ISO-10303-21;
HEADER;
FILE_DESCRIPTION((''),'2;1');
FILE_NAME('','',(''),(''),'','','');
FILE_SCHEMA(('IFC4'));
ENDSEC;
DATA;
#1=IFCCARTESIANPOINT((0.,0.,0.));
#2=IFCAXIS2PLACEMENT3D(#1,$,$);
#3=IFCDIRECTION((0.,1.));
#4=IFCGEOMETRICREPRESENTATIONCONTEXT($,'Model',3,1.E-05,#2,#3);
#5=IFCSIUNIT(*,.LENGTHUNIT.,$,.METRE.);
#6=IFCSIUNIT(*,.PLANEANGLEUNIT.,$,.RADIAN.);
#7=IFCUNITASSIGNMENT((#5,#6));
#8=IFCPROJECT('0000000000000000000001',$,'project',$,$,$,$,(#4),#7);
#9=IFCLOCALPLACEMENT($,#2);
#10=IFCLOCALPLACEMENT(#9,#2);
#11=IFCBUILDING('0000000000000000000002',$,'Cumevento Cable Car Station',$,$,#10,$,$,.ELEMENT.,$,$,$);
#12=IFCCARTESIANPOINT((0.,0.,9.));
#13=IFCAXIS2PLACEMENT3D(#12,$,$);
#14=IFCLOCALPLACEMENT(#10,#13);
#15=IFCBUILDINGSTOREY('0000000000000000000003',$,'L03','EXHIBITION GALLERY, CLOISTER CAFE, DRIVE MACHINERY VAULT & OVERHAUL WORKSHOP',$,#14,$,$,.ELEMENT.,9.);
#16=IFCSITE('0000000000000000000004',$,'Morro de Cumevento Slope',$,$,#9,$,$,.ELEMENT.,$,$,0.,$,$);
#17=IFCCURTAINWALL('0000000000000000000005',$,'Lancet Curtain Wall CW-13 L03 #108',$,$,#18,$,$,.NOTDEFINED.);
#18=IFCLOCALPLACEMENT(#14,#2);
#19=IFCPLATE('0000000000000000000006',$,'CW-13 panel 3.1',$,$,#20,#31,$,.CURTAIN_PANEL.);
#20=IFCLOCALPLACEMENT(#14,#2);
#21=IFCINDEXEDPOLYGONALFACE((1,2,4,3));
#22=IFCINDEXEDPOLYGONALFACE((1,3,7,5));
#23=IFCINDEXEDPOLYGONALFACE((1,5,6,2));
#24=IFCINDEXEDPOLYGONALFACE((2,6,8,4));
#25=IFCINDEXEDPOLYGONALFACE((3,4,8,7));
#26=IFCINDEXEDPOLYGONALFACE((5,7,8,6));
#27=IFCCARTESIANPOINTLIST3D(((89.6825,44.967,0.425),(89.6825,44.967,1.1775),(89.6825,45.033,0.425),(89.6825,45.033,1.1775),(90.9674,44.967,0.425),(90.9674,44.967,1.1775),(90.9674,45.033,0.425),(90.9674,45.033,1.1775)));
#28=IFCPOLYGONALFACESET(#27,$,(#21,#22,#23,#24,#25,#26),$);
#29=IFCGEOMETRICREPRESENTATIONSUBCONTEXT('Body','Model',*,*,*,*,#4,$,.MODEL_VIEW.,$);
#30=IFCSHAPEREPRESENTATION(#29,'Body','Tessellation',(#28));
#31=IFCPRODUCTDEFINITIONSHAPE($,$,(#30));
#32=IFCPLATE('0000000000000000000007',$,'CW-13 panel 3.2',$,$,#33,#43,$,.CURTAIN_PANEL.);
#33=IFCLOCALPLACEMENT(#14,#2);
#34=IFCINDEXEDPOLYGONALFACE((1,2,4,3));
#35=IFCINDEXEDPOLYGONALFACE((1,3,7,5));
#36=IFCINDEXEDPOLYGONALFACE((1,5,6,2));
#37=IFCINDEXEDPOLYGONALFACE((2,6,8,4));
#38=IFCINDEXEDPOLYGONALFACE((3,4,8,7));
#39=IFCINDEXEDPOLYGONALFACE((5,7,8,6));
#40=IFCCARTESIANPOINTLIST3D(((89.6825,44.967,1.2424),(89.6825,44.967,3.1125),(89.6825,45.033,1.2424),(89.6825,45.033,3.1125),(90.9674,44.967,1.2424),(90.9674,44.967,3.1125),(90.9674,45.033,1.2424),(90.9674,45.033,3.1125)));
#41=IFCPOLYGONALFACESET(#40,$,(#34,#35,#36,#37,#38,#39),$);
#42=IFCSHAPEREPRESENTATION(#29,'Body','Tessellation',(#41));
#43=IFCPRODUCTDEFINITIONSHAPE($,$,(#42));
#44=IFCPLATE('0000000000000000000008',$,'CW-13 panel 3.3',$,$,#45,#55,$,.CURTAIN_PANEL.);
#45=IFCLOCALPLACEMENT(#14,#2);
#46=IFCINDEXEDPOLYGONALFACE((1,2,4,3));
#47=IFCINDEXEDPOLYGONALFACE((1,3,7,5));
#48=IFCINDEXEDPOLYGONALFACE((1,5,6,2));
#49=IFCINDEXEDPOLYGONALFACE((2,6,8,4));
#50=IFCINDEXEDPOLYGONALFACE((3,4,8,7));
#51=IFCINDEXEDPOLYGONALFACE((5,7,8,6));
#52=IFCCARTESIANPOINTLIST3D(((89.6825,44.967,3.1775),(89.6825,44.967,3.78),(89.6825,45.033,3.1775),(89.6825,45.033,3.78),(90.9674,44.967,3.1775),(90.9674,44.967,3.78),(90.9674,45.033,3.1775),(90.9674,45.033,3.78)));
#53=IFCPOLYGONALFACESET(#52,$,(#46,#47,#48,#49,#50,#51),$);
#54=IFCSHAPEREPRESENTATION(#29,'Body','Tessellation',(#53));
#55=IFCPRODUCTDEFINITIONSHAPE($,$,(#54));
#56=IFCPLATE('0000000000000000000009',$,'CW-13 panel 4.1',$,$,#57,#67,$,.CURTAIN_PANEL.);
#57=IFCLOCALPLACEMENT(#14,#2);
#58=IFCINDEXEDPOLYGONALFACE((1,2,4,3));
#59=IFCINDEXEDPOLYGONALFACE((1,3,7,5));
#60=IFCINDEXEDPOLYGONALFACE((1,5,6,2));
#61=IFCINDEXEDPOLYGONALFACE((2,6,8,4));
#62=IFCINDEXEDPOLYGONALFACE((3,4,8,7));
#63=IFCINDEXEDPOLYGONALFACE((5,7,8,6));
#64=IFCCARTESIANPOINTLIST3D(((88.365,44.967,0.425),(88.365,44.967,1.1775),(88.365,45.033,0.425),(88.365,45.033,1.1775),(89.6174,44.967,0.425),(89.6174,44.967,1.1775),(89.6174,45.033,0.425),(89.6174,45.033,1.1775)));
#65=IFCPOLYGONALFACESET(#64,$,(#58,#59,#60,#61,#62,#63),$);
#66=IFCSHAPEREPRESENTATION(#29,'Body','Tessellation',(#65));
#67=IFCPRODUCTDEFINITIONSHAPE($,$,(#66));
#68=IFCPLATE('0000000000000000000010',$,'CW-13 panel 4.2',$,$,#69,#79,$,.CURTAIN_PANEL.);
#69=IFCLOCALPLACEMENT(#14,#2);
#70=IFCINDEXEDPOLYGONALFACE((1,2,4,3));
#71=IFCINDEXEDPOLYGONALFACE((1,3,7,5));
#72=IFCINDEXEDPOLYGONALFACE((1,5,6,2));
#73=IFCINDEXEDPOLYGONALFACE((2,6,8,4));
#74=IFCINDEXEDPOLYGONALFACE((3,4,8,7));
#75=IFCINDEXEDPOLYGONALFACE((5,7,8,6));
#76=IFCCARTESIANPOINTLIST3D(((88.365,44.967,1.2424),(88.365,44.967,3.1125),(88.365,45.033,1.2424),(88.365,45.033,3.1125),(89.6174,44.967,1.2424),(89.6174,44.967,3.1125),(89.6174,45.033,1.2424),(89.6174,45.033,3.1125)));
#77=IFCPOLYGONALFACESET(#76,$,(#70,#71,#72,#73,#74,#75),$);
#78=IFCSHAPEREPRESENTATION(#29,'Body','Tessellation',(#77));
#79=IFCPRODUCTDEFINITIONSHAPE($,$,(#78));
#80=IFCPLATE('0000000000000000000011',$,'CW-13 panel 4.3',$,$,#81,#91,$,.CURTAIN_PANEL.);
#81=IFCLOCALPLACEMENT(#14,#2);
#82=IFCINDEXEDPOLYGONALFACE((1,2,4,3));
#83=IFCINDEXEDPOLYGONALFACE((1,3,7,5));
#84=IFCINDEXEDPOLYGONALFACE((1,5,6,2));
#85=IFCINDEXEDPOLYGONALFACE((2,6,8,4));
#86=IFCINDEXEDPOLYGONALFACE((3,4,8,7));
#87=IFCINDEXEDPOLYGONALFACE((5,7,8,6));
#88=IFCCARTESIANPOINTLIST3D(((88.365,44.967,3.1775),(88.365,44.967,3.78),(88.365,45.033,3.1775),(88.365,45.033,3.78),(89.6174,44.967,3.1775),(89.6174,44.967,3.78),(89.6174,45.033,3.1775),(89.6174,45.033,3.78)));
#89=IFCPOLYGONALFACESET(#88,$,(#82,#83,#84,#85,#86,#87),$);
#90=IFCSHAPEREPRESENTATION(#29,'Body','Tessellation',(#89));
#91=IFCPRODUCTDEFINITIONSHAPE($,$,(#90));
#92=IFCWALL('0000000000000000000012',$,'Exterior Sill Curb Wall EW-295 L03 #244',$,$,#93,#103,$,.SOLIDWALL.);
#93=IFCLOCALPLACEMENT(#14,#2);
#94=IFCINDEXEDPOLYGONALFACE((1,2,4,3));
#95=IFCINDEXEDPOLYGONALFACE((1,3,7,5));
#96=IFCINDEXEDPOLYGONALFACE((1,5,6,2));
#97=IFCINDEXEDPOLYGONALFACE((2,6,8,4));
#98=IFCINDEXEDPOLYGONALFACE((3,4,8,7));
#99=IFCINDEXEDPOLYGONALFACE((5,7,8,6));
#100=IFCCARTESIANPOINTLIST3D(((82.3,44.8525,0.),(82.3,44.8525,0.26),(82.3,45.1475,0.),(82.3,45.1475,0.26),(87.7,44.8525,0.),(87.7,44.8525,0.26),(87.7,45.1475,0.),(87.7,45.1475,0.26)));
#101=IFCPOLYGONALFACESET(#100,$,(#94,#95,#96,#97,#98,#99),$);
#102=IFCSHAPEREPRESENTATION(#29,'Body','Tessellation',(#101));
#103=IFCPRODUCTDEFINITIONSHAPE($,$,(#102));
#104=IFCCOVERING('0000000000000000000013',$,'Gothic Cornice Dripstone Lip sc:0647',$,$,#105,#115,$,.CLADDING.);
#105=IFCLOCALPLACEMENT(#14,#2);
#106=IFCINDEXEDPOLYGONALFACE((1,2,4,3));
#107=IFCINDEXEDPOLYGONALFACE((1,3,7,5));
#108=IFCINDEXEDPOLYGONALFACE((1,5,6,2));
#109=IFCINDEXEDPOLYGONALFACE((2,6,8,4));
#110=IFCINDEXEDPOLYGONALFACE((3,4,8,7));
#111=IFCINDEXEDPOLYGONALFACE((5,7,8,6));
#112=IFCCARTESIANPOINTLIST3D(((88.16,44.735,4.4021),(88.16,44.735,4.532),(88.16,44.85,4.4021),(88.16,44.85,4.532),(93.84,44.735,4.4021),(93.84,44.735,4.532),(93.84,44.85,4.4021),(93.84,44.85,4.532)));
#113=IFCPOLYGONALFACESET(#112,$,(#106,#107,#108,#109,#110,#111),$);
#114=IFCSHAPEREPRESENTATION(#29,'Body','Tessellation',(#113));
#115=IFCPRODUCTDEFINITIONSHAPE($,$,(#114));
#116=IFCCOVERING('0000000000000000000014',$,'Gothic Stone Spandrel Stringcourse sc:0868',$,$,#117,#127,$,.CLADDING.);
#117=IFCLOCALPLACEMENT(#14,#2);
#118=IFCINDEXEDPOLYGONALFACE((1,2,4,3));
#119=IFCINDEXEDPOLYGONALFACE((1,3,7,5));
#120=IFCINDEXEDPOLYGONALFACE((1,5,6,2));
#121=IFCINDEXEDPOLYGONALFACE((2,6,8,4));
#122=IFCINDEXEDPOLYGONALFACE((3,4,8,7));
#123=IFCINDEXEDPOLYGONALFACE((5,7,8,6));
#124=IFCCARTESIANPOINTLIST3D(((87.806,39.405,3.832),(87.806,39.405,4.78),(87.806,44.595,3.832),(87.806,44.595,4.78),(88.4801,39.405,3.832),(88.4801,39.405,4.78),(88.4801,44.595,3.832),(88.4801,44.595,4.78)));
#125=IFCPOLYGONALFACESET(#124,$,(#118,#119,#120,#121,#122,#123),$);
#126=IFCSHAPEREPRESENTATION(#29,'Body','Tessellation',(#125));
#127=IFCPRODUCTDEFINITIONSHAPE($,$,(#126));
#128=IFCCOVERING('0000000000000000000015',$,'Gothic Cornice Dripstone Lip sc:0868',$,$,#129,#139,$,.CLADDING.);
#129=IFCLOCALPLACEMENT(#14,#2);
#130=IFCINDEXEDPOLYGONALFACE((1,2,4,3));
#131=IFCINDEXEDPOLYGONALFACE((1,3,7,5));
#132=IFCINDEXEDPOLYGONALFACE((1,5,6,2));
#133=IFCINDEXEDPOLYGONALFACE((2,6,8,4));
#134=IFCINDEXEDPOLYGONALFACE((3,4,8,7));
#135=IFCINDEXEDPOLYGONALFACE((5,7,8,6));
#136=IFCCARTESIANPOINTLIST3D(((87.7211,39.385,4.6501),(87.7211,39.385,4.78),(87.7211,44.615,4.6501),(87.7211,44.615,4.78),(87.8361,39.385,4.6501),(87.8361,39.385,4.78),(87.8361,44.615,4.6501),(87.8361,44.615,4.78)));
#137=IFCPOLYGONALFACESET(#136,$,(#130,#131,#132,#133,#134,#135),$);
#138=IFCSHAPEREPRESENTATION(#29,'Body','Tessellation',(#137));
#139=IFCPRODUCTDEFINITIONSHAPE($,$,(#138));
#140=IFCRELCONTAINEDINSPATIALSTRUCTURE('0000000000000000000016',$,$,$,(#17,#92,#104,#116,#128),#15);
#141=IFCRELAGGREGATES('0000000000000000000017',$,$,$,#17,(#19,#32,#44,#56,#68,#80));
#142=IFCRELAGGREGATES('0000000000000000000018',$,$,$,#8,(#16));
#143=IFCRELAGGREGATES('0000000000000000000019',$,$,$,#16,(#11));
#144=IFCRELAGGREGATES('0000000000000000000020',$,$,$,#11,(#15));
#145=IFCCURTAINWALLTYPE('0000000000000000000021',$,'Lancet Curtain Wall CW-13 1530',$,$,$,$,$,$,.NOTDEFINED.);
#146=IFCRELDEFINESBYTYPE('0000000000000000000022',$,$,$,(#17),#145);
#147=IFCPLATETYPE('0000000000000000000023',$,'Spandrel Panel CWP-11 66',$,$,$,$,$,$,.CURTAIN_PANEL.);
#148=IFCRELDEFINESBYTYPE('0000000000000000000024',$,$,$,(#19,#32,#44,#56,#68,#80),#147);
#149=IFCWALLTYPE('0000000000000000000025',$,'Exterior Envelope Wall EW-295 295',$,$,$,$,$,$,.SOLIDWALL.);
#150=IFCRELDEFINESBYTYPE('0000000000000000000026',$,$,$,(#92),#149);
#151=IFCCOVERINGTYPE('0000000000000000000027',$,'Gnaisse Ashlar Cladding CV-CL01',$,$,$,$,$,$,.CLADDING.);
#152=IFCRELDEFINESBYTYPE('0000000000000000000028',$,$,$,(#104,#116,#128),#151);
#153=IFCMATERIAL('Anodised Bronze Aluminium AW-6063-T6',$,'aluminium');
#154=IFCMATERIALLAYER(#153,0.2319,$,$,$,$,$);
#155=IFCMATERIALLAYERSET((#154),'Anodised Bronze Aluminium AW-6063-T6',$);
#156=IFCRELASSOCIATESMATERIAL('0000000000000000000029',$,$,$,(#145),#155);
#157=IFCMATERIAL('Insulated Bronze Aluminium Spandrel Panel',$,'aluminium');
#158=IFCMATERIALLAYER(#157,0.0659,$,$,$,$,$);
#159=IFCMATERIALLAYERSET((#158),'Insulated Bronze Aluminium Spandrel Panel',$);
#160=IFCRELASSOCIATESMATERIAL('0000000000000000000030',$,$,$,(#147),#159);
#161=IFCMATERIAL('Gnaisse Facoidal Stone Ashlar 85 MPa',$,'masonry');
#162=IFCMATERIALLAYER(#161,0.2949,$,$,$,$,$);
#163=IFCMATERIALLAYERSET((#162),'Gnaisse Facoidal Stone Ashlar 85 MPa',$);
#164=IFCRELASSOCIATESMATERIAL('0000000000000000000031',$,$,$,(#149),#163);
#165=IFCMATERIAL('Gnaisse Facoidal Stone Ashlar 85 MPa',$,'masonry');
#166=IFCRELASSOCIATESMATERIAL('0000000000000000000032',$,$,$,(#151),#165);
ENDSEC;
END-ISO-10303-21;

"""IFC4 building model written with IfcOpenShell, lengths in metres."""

from ifc_helpers import new_model, si_unit, direction, frame, frame_2d, origin, origin_2d, place, context, subcontext, project, spatial, rectangle, extrude, material, layer, layer_set, type_object, element, aggregate, save


model = new_model("IFC4")

# Units and contexts
model_context = context("Model", 3, precision=1e-05, world=origin(), true_north=direction((0.0, 1.0)))
body_context = subcontext(model_context, "Body", "Model", "MODEL_VIEW")
ifc_project = project(units=[si_unit("LENGTHUNIT", "METRE"), si_unit("PLANEANGLEUNIT", "RADIAN")], contexts=[model_context])

# Site, building, storey
site_placement = place(None, origin())
site = spatial("IfcSite", under=ifc_project, at=site_placement, Name="Morro de Cumevento Slope", CompositionType="ELEMENT", RefElevation=0.0)
building_placement = place(site_placement, origin())
building = spatial("IfcBuilding", under=site, at=building_placement, Name="Cumevento Cable Car Station", CompositionType="ELEMENT")
storey_placement = place(building_placement, frame((0.0, 0.0, 9.0)))
storey = spatial("IfcBuildingStorey", under=building, at=storey_placement, Name="L03", Description="EXHIBITION GALLERY, CLOISTER CAFE, DRIVE MACHINERY VAULT & OVERHAUL WORKSHOP", CompositionType="ELEMENT", Elevation=9.0)

# Curtain wall
ifc_material_1 = material(Name="Anodised Bronze Aluminium AW-6063-T6", Category="aluminium")
ifc_layer_1 = layer(ifc_material_1, 0.2319)
ifc_layer_set_1 = layer_set([ifc_layer_1], Name="Anodised Bronze Aluminium AW-6063-T6")
curtain_wall_type_1 = type_object("IfcCurtainWallType", Name="Lancet Curtain Wall CW-13 1530", PredefinedType="NOTDEFINED", material=ifc_layer_set_1)
curtain_wall_1_placement = place(storey_placement, origin())
curtain_wall_1 = element("IfcCurtainWall", 1, at=curtain_wall_1_placement, inside=storey, type_object=curtain_wall_type_1, Name="Lancet Curtain Wall CW-13 L03 #108", PredefinedType="NOTDEFINED")

# Plates
ifc_material_2 = material(Name="Insulated Bronze Aluminium Spandrel Panel", Category="aluminium")
ifc_layer_2 = layer(ifc_material_2, 0.0659)
ifc_layer_set_2 = layer_set([ifc_layer_2], Name="Insulated Bronze Aluminium Spandrel Panel")
plate_type = type_object("IfcPlateType", Name="Spandrel Panel CWP-11 66", PredefinedType="CURTAIN_PANEL", material=ifc_layer_set_2)
plate_1_placement = place(storey_placement, frame((90.325, 45.0, 0.425), z_axis=(0.0, 0.0, 1.0), x_axis=(-1.0, 0.0, 0.0)))
plate_1 = element("IfcPlate", 2, at=plate_1_placement, type_object=plate_type, Name="CW-13 panel 3.1", PredefinedType="CURTAIN_PANEL", context=body_context, shape_type="SweptSolid", body=[
    extrude(rectangle(XDim=1.2849, YDim=0.0659, at=origin_2d()), origin(), (0.0, 0.0, 1.0), 0.7524),
])
plate_2_placement = place(storey_placement, frame((90.325, 45.0, 1.2424), z_axis=(0.0, 0.0, 1.0), x_axis=(-1.0, 0.0, 0.0)))
plate_2 = element("IfcPlate", 3, at=plate_2_placement, type_object=plate_type, Name="CW-13 panel 3.2", PredefinedType="CURTAIN_PANEL", context=body_context, shape_type="SweptSolid", body=[
    extrude(rectangle(XDim=1.2849, YDim=0.0659, at=origin_2d()), origin(), (0.0, 0.0, 1.0), 1.8701),
])
plate_3_placement = place(storey_placement, frame((90.325, 45.0, 3.1775), z_axis=(0.0, 0.0, 1.0), x_axis=(-1.0, 0.0, 0.0)))
plate_3 = element("IfcPlate", 4, at=plate_3_placement, type_object=plate_type, Name="CW-13 panel 3.3", PredefinedType="CURTAIN_PANEL", context=body_context, shape_type="SweptSolid", body=[
    extrude(rectangle(XDim=1.2849, YDim=0.0659, at=origin_2d()), origin(), (0.0, 0.0, 1.0), 0.6025),
])
plate_4_placement = place(storey_placement, frame((88.9912, 45.0, 0.425), z_axis=(0.0, 0.0, 1.0), x_axis=(-1.0, 0.0, 0.0)))
plate_4 = element("IfcPlate", 5, at=plate_4_placement, type_object=plate_type, Name="CW-13 panel 4.1", PredefinedType="CURTAIN_PANEL", context=body_context, shape_type="SweptSolid", body=[
    extrude(rectangle(XDim=1.2524, YDim=0.0659, at=origin_2d()), origin(), (0.0, 0.0, 1.0), 0.7524),
])
plate_5_placement = place(storey_placement, frame((88.9912, 45.0, 1.2424), z_axis=(0.0, 0.0, 1.0), x_axis=(-1.0, 0.0, 0.0)))
plate_5 = element("IfcPlate", 6, at=plate_5_placement, type_object=plate_type, Name="CW-13 panel 4.2", PredefinedType="CURTAIN_PANEL", context=body_context, shape_type="SweptSolid", body=[
    extrude(rectangle(XDim=1.2524, YDim=0.0659, at=origin_2d()), origin(), (0.0, 0.0, 1.0), 1.8701),
])
plate_6_placement = place(storey_placement, frame((88.9912, 45.0, 3.1775), z_axis=(0.0, 0.0, 1.0), x_axis=(-1.0, 0.0, 0.0)))
plate_6 = element("IfcPlate", 7, at=plate_6_placement, type_object=plate_type, Name="CW-13 panel 4.3", PredefinedType="CURTAIN_PANEL", context=body_context, shape_type="SweptSolid", body=[
    extrude(rectangle(XDim=1.2524, YDim=0.0659, at=origin_2d()), origin(), (0.0, 0.0, 1.0), 0.6025),
])
aggregate(curtain_wall_1, [plate_1, plate_2, plate_3, plate_4, plate_5, plate_6])

# Wall
ifc_material_3 = material(Name="Gnaisse Facoidal Stone Ashlar 85 MPa", Category="masonry")
ifc_layer_3 = layer(ifc_material_3, 0.2949)
ifc_layer_set_3 = layer_set([ifc_layer_3], Name="Gnaisse Facoidal Stone Ashlar 85 MPa")
wall_type = type_object("IfcWallType", Name="Exterior Envelope Wall EW-295 295", PredefinedType="SOLIDWALL", material=ifc_layer_set_3)
wall_placement = place(storey_placement, frame((87.7, 45.0, 0.0), z_axis=(0.0, 0.0, 1.0), x_axis=(-1.0, 0.0, 0.0)))
element("IfcWall", 8, at=wall_placement, inside=storey, type_object=wall_type, Name="Exterior Sill Curb Wall EW-295 L03 #244", PredefinedType="SOLIDWALL", context=body_context, shape_type="SweptSolid", body=[
    extrude(rectangle(XDim=5.3999, YDim=0.2949, at=frame_2d((2.7, 0.0))), origin(), (0.0, 0.0, 1.0), 0.26),
])

# Coverings
ifc_material_4 = material(Name="Gnaisse Facoidal Stone Ashlar 85 MPa", Category="masonry")
covering_type = type_object("IfcCoveringType", Name="Gnaisse Ashlar Cladding CV-CL01", PredefinedType="CLADDING", material=ifc_material_4)
covering_1_placement = place(storey_placement, frame((91.0, 44.7925, 4.4021), z_axis=(0.0, 0.0, 1.0), x_axis=(-1.0, 0.0, 0.0)))
element("IfcCovering", 9, at=covering_1_placement, inside=storey, type_object=covering_type, Name="Gothic Cornice Dripstone Lip sc:0647", PredefinedType="CLADDING", context=body_context, shape_type="SweptSolid", body=[
    extrude(rectangle(XDim=5.6799, YDim=0.115, at=origin_2d()), origin(), (0.0, 0.0, 1.0), 0.1299),
])
covering_2_placement = place(storey_placement, frame((88.1431, 42.0, 3.832), z_axis=(0.0, 0.0, 1.0), x_axis=(0.0, 1.0, 0.0)))
element("IfcCovering", 10, at=covering_2_placement, inside=storey, type_object=covering_type, Name="Gothic Stone Spandrel Stringcourse sc:0868", PredefinedType="CLADDING", context=body_context, shape_type="SweptSolid", body=[
    extrude(rectangle(XDim=5.1899, YDim=0.6741, at=origin_2d()), origin(), (0.0, 0.0, 1.0), 0.948),
])
covering_3_placement = place(storey_placement, frame((87.7786, 42.0, 4.6501), z_axis=(0.0, 0.0, 1.0), x_axis=(0.0, 1.0, 0.0)))
element("IfcCovering", 11, at=covering_3_placement, inside=storey, type_object=covering_type, Name="Gothic Cornice Dripstone Lip sc:0868", PredefinedType="CLADDING", context=body_context, shape_type="SweptSolid", body=[
    extrude(rectangle(XDim=5.23, YDim=0.115, at=origin_2d()), origin(), (0.0, 0.0, 1.0), 0.1299),
])

save(model, "model.ifc")
